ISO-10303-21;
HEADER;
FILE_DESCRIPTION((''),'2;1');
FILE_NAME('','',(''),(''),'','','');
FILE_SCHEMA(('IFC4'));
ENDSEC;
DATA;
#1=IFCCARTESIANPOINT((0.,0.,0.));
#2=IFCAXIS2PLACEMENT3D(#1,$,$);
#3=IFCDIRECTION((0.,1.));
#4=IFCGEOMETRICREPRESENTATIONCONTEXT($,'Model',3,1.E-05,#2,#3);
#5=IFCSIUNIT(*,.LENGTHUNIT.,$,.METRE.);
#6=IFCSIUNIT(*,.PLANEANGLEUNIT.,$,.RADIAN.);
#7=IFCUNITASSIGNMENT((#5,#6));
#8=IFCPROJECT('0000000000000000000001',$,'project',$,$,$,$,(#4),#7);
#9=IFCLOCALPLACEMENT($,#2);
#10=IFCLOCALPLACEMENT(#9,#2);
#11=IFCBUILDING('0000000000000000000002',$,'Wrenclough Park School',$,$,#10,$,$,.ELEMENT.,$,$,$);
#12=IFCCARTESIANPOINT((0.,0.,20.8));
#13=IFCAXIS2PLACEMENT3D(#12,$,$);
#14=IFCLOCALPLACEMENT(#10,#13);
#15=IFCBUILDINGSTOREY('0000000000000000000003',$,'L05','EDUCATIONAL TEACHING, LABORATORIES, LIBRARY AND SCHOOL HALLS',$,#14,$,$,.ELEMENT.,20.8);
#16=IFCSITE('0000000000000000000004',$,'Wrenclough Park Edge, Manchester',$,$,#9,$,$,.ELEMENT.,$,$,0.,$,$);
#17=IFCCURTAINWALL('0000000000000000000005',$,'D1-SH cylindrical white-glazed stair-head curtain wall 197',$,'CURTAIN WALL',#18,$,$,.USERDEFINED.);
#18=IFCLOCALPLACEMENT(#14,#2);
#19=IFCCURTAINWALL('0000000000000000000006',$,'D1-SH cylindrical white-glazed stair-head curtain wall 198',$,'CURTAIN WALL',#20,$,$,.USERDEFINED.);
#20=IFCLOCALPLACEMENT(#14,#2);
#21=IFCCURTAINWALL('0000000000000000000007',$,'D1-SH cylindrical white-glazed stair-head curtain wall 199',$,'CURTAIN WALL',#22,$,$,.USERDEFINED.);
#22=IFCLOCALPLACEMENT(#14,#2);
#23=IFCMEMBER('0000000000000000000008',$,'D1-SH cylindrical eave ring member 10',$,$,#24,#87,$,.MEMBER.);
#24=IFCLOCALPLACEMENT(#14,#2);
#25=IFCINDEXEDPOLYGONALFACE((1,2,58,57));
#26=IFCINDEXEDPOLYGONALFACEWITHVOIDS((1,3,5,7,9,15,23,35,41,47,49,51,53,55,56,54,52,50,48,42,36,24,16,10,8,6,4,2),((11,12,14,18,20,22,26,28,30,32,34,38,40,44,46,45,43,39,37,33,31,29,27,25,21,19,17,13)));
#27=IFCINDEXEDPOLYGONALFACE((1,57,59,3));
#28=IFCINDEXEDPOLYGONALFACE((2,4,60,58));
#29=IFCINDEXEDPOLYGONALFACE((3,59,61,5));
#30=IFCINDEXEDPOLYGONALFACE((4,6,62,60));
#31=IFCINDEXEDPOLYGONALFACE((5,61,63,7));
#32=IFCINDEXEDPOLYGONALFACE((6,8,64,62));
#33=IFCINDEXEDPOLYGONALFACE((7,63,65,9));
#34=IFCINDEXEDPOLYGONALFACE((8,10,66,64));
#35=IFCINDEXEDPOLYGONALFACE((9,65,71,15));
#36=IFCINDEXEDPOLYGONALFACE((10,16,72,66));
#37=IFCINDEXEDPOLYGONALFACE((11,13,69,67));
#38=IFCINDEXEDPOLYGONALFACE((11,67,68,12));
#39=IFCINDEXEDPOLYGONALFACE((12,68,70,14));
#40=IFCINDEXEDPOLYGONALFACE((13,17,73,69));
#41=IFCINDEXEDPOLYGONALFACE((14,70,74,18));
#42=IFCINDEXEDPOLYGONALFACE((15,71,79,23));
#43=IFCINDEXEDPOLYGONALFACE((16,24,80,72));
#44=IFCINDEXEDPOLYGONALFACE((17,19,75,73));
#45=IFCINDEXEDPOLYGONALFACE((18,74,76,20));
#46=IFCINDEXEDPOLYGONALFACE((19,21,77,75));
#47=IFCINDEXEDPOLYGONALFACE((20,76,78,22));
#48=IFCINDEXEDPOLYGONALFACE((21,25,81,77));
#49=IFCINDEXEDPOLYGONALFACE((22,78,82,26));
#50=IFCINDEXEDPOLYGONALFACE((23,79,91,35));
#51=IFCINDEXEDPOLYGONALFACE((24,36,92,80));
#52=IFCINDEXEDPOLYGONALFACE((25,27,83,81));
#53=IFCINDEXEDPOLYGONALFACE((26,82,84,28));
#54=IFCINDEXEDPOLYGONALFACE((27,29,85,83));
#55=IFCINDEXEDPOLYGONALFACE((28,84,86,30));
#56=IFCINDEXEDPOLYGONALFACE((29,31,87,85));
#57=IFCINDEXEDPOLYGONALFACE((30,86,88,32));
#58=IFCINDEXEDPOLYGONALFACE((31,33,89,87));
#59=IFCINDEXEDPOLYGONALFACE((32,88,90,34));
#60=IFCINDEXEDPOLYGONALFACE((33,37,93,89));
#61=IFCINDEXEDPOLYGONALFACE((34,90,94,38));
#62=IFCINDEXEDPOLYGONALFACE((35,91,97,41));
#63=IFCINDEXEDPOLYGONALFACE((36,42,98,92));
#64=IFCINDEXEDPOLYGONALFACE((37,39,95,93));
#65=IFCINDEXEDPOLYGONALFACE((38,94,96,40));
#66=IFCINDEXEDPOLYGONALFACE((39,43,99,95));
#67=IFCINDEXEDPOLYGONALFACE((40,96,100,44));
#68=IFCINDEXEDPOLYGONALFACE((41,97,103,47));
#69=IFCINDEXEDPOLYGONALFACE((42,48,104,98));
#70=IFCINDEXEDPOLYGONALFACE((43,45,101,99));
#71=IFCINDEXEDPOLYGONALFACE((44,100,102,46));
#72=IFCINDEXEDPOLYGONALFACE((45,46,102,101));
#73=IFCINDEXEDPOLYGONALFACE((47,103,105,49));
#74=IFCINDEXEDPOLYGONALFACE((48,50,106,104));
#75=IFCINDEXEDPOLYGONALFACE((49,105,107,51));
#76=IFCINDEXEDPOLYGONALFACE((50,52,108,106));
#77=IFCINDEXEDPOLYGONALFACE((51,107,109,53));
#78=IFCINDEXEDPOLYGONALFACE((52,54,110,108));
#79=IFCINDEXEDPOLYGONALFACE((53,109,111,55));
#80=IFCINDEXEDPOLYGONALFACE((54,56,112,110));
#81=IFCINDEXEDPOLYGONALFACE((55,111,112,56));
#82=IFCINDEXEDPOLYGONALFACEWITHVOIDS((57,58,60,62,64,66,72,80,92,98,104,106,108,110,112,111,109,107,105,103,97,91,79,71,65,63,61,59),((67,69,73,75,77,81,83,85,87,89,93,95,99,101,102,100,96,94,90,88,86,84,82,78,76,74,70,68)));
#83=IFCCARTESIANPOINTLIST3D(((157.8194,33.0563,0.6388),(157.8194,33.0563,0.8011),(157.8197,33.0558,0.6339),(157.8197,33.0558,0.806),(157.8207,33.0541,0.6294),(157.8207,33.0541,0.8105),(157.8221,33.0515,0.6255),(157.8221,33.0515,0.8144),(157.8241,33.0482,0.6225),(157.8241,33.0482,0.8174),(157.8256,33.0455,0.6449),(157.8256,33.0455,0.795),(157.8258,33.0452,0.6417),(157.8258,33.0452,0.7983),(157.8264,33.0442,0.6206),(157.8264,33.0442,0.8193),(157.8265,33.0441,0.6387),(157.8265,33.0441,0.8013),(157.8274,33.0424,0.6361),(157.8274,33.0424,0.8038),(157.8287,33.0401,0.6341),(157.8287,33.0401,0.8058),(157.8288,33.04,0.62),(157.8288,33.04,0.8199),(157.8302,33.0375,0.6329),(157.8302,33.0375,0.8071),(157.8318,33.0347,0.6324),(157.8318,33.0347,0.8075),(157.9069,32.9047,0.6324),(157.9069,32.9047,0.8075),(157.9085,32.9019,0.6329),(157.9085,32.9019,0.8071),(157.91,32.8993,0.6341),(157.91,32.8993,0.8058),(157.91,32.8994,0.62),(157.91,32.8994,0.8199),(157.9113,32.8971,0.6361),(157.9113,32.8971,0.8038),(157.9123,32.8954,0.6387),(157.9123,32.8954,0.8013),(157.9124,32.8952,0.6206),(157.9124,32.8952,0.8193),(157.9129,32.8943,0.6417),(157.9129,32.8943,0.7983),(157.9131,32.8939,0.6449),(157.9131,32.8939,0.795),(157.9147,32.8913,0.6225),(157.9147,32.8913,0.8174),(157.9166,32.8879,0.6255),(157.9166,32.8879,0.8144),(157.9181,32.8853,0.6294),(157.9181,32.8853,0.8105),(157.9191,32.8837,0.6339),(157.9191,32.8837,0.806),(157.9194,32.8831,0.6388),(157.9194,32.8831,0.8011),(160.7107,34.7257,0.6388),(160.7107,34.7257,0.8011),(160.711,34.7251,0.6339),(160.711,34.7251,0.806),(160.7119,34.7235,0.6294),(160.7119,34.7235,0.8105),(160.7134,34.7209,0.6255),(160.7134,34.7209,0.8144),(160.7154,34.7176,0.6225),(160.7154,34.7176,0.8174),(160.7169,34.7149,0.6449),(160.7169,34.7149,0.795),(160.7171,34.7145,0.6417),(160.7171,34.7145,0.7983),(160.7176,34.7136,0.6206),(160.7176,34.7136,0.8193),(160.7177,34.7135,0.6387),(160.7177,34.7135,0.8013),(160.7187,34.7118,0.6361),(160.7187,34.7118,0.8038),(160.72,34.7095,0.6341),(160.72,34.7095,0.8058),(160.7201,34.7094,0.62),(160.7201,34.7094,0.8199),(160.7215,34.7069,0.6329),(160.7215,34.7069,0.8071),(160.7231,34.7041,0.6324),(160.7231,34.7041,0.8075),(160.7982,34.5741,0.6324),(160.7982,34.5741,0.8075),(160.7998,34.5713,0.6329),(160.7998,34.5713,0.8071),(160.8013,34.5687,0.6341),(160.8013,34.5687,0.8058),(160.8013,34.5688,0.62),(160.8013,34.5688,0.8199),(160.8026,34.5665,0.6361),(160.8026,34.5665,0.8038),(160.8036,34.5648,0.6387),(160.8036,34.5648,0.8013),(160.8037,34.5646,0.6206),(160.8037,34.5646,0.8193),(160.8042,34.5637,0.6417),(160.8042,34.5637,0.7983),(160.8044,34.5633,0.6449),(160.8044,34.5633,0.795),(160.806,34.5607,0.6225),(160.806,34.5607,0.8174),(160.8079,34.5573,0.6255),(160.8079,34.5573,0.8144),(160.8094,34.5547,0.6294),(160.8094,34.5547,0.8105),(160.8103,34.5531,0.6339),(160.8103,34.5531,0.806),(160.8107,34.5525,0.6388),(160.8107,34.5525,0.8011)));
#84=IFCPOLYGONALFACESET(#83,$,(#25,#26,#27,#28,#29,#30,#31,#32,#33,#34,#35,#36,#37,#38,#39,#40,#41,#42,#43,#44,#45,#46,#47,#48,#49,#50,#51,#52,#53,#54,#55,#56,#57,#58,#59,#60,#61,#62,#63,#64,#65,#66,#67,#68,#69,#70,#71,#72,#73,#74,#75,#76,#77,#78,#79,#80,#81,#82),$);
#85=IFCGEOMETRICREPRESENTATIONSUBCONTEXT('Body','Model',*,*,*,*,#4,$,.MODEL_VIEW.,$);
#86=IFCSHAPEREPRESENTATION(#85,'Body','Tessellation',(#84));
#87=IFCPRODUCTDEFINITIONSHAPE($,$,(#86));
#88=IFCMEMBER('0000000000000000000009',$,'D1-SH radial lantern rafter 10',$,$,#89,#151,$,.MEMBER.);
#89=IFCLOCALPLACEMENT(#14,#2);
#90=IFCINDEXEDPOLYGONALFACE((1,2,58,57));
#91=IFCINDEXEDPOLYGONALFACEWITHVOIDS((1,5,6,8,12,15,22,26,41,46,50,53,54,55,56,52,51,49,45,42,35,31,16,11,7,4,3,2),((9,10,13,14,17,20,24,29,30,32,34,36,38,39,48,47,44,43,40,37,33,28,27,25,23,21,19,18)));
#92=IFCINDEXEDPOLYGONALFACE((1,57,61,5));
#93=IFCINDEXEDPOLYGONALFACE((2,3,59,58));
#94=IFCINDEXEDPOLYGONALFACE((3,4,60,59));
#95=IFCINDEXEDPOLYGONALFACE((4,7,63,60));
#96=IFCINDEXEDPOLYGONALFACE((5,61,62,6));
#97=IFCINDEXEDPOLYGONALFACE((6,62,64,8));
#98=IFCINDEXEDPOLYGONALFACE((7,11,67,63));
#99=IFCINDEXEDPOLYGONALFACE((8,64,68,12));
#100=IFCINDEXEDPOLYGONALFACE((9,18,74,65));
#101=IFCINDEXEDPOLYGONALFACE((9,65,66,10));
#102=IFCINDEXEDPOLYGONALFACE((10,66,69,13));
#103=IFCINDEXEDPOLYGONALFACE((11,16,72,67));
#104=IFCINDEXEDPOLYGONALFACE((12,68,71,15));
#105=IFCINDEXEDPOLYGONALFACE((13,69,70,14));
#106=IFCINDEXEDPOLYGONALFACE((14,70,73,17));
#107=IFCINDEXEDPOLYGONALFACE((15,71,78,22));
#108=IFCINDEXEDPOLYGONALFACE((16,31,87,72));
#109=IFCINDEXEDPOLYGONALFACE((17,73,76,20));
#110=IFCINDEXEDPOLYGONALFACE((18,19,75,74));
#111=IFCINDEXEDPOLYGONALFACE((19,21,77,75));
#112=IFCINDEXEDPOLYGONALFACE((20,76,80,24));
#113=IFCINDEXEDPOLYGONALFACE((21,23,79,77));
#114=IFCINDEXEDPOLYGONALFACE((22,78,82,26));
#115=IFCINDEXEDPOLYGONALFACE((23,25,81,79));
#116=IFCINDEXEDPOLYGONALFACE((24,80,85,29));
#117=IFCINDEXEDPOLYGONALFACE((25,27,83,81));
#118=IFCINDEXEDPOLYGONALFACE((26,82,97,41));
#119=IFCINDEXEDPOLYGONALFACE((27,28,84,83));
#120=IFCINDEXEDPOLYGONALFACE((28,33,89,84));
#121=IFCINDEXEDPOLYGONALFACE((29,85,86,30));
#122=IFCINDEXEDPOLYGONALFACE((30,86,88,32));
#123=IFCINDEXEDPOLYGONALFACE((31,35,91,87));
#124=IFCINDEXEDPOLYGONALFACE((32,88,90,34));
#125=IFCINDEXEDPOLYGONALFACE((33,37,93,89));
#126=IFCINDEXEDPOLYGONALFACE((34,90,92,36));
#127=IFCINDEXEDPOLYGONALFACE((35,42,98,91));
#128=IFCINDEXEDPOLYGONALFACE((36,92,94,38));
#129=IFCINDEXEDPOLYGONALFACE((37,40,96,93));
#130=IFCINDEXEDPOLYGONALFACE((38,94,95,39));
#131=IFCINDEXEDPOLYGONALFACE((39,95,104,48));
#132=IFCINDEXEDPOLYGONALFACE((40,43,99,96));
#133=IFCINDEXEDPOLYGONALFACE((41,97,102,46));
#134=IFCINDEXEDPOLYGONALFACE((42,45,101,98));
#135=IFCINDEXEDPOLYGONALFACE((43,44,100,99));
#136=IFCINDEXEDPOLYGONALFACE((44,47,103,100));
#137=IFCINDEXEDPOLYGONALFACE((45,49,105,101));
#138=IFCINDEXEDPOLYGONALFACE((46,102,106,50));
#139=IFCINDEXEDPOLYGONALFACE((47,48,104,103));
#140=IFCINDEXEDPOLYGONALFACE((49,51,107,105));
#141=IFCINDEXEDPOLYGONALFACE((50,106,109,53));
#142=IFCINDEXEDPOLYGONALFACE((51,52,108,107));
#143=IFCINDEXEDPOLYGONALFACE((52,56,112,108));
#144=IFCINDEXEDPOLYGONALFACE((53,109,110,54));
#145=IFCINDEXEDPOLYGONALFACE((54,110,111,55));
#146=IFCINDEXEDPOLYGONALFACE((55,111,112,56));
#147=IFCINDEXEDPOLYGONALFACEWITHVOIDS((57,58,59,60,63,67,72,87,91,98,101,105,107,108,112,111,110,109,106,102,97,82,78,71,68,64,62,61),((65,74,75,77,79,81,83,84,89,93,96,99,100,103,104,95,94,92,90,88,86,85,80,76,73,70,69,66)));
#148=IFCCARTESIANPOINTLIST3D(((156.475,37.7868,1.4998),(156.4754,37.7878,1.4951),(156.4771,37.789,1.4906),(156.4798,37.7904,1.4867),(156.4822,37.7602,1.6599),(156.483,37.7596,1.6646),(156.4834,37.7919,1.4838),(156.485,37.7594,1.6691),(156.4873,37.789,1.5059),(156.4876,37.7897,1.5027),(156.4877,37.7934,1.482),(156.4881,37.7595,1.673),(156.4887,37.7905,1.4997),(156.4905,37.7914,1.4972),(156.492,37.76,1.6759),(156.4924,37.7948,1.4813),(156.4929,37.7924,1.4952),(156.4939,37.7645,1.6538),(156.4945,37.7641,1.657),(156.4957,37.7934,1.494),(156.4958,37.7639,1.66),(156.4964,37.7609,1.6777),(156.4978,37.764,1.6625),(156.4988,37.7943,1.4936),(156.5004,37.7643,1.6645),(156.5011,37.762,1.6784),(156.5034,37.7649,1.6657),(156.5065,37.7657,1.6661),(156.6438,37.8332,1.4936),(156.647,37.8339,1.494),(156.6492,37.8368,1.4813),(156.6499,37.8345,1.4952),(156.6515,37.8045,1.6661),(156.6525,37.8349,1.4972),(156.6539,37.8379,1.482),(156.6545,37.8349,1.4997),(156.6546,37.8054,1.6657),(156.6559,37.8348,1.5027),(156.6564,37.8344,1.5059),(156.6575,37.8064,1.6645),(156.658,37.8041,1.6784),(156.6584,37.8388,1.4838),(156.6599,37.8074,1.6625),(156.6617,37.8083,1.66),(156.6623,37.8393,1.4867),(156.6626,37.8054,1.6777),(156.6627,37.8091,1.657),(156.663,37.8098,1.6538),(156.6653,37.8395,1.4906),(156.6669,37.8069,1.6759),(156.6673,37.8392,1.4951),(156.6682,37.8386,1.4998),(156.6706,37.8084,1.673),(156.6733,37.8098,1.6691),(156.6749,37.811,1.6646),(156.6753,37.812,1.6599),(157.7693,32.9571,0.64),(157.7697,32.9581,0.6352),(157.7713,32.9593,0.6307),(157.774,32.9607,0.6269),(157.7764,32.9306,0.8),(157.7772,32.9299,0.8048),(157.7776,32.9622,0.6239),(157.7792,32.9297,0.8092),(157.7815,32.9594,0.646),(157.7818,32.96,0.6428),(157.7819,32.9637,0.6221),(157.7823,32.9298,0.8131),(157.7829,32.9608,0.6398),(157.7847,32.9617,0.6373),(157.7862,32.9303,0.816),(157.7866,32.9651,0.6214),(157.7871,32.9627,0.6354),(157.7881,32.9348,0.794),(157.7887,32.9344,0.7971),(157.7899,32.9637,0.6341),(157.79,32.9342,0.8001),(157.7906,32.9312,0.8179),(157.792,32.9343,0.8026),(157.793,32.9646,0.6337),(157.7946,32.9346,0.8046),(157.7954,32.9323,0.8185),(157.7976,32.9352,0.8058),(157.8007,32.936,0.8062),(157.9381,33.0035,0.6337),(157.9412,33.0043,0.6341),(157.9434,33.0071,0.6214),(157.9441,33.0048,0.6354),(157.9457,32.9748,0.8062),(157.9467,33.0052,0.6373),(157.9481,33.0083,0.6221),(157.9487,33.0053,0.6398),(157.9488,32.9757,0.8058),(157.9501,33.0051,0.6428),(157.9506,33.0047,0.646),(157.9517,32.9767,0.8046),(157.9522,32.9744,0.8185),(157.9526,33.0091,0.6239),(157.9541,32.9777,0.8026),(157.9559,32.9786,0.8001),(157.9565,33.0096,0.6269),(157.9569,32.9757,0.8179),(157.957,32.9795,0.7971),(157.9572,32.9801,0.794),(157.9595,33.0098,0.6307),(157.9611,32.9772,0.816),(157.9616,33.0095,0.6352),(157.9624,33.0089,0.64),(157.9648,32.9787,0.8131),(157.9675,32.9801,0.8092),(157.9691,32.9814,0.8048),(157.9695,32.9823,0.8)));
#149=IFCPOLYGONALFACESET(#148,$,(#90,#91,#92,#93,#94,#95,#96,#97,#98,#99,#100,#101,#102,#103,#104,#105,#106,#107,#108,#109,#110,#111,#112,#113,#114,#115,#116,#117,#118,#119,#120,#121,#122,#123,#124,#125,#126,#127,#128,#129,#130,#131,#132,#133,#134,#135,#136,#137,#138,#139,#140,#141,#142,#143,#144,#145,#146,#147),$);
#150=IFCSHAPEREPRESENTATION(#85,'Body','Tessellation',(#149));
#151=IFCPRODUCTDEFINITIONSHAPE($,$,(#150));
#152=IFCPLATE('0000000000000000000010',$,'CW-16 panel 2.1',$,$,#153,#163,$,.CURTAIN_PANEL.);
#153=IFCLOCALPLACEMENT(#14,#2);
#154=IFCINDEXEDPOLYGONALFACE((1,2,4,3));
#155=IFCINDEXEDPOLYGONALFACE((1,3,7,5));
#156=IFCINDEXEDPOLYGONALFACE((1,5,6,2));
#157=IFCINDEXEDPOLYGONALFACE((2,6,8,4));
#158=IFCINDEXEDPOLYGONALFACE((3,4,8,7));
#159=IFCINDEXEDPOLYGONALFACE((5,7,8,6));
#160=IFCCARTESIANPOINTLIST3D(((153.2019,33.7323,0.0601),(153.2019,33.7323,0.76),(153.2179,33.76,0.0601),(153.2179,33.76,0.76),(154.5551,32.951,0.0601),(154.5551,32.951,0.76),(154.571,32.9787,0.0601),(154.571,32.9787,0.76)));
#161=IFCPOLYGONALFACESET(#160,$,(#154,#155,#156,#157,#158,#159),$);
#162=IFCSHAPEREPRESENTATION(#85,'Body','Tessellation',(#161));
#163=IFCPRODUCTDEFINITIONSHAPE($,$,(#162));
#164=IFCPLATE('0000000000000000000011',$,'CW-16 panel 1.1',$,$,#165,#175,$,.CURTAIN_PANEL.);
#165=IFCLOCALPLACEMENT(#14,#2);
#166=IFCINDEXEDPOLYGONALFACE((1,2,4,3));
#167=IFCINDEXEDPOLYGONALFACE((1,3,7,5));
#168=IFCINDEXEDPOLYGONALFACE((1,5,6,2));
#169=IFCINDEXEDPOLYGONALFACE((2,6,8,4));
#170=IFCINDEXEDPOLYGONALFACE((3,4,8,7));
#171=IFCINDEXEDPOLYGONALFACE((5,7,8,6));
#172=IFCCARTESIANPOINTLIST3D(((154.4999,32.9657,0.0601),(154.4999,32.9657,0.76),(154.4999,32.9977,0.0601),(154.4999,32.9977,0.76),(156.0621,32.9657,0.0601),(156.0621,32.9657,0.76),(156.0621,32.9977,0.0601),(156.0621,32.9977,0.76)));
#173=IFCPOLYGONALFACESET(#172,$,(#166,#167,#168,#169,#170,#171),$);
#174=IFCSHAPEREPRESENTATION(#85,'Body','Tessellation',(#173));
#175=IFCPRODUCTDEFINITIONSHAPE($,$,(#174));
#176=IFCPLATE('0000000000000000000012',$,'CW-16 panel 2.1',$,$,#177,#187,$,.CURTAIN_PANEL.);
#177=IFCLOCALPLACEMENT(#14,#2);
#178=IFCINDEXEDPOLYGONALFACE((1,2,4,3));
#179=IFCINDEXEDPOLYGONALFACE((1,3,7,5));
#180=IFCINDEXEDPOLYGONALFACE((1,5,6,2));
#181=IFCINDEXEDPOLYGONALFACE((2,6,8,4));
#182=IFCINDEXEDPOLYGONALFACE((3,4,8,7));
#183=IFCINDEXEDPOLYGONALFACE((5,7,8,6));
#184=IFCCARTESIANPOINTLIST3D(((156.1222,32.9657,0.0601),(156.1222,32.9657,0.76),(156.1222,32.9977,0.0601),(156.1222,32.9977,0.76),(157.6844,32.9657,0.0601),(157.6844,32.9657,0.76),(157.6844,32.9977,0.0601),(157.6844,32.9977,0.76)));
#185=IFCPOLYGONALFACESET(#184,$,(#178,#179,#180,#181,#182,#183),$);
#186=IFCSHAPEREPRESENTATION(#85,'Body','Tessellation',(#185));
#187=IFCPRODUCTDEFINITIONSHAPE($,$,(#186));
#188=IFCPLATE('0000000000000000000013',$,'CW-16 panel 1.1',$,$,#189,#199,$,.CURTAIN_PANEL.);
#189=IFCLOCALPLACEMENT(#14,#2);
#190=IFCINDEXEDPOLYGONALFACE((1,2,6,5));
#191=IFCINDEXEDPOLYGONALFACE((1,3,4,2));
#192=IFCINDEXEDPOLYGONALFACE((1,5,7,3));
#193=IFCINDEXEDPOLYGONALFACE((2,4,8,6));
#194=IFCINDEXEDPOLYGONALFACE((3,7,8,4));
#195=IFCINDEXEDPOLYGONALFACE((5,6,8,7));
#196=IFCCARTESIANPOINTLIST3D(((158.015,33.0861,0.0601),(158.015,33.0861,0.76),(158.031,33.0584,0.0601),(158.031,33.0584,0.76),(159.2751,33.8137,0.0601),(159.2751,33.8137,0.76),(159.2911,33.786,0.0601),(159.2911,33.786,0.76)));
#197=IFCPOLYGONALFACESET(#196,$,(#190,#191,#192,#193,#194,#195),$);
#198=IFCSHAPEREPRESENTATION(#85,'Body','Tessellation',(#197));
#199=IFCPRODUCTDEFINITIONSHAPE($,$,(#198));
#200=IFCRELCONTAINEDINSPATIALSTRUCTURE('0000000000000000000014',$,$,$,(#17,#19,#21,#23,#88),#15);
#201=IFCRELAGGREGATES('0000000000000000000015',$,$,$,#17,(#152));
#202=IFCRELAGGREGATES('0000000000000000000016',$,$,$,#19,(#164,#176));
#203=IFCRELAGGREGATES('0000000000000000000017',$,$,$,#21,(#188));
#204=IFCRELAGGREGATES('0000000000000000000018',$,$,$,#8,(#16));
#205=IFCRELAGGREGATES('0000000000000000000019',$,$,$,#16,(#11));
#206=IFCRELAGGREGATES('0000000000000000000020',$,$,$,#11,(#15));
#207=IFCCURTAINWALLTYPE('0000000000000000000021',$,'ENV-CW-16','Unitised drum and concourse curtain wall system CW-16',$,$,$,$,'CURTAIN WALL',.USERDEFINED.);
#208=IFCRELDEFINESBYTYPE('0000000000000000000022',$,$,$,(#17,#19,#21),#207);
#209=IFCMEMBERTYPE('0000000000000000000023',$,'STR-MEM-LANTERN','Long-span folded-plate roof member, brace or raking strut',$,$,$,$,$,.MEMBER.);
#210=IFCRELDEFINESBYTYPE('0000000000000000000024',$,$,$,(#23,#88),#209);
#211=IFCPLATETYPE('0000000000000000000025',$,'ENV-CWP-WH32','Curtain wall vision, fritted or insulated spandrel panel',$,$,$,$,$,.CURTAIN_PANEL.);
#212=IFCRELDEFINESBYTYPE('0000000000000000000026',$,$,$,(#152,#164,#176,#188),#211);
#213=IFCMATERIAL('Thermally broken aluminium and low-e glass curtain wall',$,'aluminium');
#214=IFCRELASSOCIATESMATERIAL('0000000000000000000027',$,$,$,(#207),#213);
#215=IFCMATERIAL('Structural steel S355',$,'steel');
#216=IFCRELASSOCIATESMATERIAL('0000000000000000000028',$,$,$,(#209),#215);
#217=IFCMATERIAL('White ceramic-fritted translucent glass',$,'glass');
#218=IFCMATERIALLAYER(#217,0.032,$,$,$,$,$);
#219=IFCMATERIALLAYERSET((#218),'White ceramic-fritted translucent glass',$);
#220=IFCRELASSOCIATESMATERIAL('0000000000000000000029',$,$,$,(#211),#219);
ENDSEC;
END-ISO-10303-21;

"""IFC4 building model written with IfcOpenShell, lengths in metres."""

from ifc_helpers import new_model, si_unit, direction, frame, origin, origin_2d, place, context, subcontext, project, spatial, rectangle, hollow_rectangle, extrude, material, layer, layer_set, material_profile, profile_set, type_object, element, aggregate, save


model = new_model("IFC4")

# Units and contexts
model_context = context("Model", 3, precision=1e-05, world=origin(), true_north=direction((0.0, 1.0)))
body_context = subcontext(model_context, "Body", "Model", "MODEL_VIEW")
ifc_project = project(units=[si_unit("LENGTHUNIT", "METRE"), si_unit("PLANEANGLEUNIT", "RADIAN")], contexts=[model_context])

# Site, building, storey
site_placement = place(None, origin())
site = spatial("IfcSite", under=ifc_project, at=site_placement, Name="Wrenclough Park Edge, Manchester", CompositionType="ELEMENT", RefElevation=0.0)
building_placement = place(site_placement, origin())
building = spatial("IfcBuilding", under=site, at=building_placement, Name="Wrenclough Park School", CompositionType="ELEMENT")
storey_placement = place(building_placement, frame((0.0, 0.0, 20.8)))
storey = spatial("IfcBuildingStorey", under=building, at=storey_placement, Name="L05", Description="EDUCATIONAL TEACHING, LABORATORIES, LIBRARY AND SCHOOL HALLS", CompositionType="ELEMENT", Elevation=20.8)

# Shared definitions
ifc_material_1 = material(Name="Structural steel S355", Category="steel")

# Curtain walls
ifc_material_2 = material(Name="Thermally broken aluminium and low-e glass curtain wall", Category="aluminium")
curtain_wall_type = type_object("IfcCurtainWallType", Name="ENV-CW-16", Description="Unitised drum and concourse curtain wall system CW-16", ElementType="CURTAIN WALL", PredefinedType="USERDEFINED", material=ifc_material_2)
curtain_wall_1_placement = place(storey_placement, origin())
curtain_wall_1 = element("IfcCurtainWall", 1, at=curtain_wall_1_placement, inside=storey, type_object=curtain_wall_type, Name="D1-SH cylindrical white-glazed stair-head curtain wall 197", ObjectType="CURTAIN WALL", PredefinedType="USERDEFINED")
curtain_wall_2_placement = place(storey_placement, origin())
curtain_wall_2 = element("IfcCurtainWall", 2, at=curtain_wall_2_placement, inside=storey, type_object=curtain_wall_type, Name="D1-SH cylindrical white-glazed stair-head curtain wall 198", ObjectType="CURTAIN WALL", PredefinedType="USERDEFINED")
curtain_wall_3_placement = place(storey_placement, origin())
curtain_wall_3 = element("IfcCurtainWall", 3, at=curtain_wall_3_placement, inside=storey, type_object=curtain_wall_type, Name="D1-SH cylindrical white-glazed stair-head curtain wall 199", ObjectType="CURTAIN WALL", PredefinedType="USERDEFINED")

# Members
ifc_material_profile_1 = material_profile(ifc_material_1, hollow_rectangle(XDim=0.2, YDim=0.2, WallThickness=0.0125, InnerFilletRadius=0.0125, OuterFilletRadius=0.0188, at=origin_2d()), Name="SHS 200x200x12.5")
ifc_profile_set_1 = profile_set([ifc_material_profile_1], Name="Structural steel S355")
member_type_1 = type_object("IfcMemberType", Name="STR-MEM-LANTERN", Description="Long-span folded-plate roof member, brace or raking strut", PredefinedType="MEMBER", material=ifc_profile_set_1)
member_1_placement = place(storey_placement, frame((157.8694, 32.9697, 0.72), z_axis=(0.866011, 0.500024, 0.0), x_axis=(-0.500024, 0.866011, 0.0)))
element("IfcMember", 4, at=member_1_placement, inside=storey, type_object=member_type_1, Name="D1-SH cylindrical eave ring member 10", PredefinedType="MEMBER", context=body_context, shape_type="SweptSolid", body=[
    extrude(hollow_rectangle(XDim=0.2, YDim=0.2, WallThickness=0.0125, InnerFilletRadius=0.0125, OuterFilletRadius=0.0188, at=origin_2d()), origin(), (0.0, 0.0, 1.0), 3.3386),
])
member_2_placement = place(storey_placement, frame((157.8694, 32.9697, 0.72), z_axis=(-0.255094, 0.951946, 0.169485), x_axis=(-0.965921, -0.258839, 0.0)))
element("IfcMember", 5, at=member_2_placement, inside=storey, type_object=member_type_1, Name="D1-SH radial lantern rafter 10", PredefinedType="MEMBER", context=body_context, shape_type="SweptSolid", body=[
    extrude(hollow_rectangle(XDim=0.2, YDim=0.2, WallThickness=0.0125, InnerFilletRadius=0.0125, OuterFilletRadius=0.0188, at=origin_2d()), origin(), (0.0, 0.0, 1.0), 5.0735),
])

# Plates
ifc_material_3 = material(Name="White ceramic-fritted translucent glass", Category="glass")
ifc_layer_1 = layer(ifc_material_3, 0.032)
ifc_layer_set_1 = layer_set([ifc_layer_1], Name="White ceramic-fritted translucent glass")
plate_type = type_object("IfcPlateType", Name="ENV-CWP-WH32", Description="Curtain wall vision, fritted or insulated spandrel panel", PredefinedType="CURTAIN_PANEL", material=ifc_layer_set_1)
plate_1_placement = place(storey_placement, frame((153.8865, 33.3555, 0.0601), z_axis=(0.0, 0.0, 1.0), x_axis=(0.866017, -0.500015, 0.0)))
plate_1 = element("IfcPlate", 6, at=plate_1_placement, type_object=plate_type, Name="CW-16 panel 2.1", PredefinedType="CURTAIN_PANEL", context=body_context, shape_type="SweptSolid", body=[
    extrude(rectangle(XDim=1.5625, YDim=0.032, at=origin_2d()), origin(), (0.0, 0.0, 1.0), 0.7),
])
aggregate(curtain_wall_1, [plate_1])
plate_2_placement = place(storey_placement, frame((155.281, 32.9817, 0.0601), z_axis=(0.0, 0.0, 1.0), x_axis=(1.0, 0.0, 0.0)))
plate_2 = element("IfcPlate", 7, at=plate_2_placement, type_object=plate_type, Name="CW-16 panel 1.1", PredefinedType="CURTAIN_PANEL", context=body_context, shape_type="SweptSolid", body=[
    extrude(rectangle(XDim=1.5623, YDim=0.032, at=origin_2d()), origin(), (0.0, 0.0, 1.0), 0.7),
])
plate_3_placement = place(storey_placement, frame((156.9033, 32.9817, 0.0601), z_axis=(0.0, 0.0, 1.0), x_axis=(1.0, 0.0, 0.0)))
plate_3 = element("IfcPlate", 8, at=plate_3_placement, type_object=plate_type, Name="CW-16 panel 2.1", PredefinedType="CURTAIN_PANEL", context=body_context, shape_type="SweptSolid", body=[
    extrude(rectangle(XDim=1.5623, YDim=0.032, at=origin_2d()), origin(), (0.0, 0.0, 1.0), 0.7),
])
aggregate(curtain_wall_2, [plate_2, plate_3])
plate_4_placement = place(storey_placement, frame((158.6531, 33.436, 0.0601), z_axis=(0.0, 0.0, 1.0), x_axis=(0.866024, 0.500003, 0.0)))
plate_4 = element("IfcPlate", 9, at=plate_4_placement, type_object=plate_type, Name="CW-16 panel 1.1", PredefinedType="CURTAIN_PANEL", context=body_context, shape_type="SweptSolid", body=[
    extrude(rectangle(XDim=1.4551, YDim=0.032, at=origin_2d()), origin(), (0.0, 0.0, 1.0), 0.7),
])
aggregate(curtain_wall_3, [plate_4])

save(model, "model.ifc")
